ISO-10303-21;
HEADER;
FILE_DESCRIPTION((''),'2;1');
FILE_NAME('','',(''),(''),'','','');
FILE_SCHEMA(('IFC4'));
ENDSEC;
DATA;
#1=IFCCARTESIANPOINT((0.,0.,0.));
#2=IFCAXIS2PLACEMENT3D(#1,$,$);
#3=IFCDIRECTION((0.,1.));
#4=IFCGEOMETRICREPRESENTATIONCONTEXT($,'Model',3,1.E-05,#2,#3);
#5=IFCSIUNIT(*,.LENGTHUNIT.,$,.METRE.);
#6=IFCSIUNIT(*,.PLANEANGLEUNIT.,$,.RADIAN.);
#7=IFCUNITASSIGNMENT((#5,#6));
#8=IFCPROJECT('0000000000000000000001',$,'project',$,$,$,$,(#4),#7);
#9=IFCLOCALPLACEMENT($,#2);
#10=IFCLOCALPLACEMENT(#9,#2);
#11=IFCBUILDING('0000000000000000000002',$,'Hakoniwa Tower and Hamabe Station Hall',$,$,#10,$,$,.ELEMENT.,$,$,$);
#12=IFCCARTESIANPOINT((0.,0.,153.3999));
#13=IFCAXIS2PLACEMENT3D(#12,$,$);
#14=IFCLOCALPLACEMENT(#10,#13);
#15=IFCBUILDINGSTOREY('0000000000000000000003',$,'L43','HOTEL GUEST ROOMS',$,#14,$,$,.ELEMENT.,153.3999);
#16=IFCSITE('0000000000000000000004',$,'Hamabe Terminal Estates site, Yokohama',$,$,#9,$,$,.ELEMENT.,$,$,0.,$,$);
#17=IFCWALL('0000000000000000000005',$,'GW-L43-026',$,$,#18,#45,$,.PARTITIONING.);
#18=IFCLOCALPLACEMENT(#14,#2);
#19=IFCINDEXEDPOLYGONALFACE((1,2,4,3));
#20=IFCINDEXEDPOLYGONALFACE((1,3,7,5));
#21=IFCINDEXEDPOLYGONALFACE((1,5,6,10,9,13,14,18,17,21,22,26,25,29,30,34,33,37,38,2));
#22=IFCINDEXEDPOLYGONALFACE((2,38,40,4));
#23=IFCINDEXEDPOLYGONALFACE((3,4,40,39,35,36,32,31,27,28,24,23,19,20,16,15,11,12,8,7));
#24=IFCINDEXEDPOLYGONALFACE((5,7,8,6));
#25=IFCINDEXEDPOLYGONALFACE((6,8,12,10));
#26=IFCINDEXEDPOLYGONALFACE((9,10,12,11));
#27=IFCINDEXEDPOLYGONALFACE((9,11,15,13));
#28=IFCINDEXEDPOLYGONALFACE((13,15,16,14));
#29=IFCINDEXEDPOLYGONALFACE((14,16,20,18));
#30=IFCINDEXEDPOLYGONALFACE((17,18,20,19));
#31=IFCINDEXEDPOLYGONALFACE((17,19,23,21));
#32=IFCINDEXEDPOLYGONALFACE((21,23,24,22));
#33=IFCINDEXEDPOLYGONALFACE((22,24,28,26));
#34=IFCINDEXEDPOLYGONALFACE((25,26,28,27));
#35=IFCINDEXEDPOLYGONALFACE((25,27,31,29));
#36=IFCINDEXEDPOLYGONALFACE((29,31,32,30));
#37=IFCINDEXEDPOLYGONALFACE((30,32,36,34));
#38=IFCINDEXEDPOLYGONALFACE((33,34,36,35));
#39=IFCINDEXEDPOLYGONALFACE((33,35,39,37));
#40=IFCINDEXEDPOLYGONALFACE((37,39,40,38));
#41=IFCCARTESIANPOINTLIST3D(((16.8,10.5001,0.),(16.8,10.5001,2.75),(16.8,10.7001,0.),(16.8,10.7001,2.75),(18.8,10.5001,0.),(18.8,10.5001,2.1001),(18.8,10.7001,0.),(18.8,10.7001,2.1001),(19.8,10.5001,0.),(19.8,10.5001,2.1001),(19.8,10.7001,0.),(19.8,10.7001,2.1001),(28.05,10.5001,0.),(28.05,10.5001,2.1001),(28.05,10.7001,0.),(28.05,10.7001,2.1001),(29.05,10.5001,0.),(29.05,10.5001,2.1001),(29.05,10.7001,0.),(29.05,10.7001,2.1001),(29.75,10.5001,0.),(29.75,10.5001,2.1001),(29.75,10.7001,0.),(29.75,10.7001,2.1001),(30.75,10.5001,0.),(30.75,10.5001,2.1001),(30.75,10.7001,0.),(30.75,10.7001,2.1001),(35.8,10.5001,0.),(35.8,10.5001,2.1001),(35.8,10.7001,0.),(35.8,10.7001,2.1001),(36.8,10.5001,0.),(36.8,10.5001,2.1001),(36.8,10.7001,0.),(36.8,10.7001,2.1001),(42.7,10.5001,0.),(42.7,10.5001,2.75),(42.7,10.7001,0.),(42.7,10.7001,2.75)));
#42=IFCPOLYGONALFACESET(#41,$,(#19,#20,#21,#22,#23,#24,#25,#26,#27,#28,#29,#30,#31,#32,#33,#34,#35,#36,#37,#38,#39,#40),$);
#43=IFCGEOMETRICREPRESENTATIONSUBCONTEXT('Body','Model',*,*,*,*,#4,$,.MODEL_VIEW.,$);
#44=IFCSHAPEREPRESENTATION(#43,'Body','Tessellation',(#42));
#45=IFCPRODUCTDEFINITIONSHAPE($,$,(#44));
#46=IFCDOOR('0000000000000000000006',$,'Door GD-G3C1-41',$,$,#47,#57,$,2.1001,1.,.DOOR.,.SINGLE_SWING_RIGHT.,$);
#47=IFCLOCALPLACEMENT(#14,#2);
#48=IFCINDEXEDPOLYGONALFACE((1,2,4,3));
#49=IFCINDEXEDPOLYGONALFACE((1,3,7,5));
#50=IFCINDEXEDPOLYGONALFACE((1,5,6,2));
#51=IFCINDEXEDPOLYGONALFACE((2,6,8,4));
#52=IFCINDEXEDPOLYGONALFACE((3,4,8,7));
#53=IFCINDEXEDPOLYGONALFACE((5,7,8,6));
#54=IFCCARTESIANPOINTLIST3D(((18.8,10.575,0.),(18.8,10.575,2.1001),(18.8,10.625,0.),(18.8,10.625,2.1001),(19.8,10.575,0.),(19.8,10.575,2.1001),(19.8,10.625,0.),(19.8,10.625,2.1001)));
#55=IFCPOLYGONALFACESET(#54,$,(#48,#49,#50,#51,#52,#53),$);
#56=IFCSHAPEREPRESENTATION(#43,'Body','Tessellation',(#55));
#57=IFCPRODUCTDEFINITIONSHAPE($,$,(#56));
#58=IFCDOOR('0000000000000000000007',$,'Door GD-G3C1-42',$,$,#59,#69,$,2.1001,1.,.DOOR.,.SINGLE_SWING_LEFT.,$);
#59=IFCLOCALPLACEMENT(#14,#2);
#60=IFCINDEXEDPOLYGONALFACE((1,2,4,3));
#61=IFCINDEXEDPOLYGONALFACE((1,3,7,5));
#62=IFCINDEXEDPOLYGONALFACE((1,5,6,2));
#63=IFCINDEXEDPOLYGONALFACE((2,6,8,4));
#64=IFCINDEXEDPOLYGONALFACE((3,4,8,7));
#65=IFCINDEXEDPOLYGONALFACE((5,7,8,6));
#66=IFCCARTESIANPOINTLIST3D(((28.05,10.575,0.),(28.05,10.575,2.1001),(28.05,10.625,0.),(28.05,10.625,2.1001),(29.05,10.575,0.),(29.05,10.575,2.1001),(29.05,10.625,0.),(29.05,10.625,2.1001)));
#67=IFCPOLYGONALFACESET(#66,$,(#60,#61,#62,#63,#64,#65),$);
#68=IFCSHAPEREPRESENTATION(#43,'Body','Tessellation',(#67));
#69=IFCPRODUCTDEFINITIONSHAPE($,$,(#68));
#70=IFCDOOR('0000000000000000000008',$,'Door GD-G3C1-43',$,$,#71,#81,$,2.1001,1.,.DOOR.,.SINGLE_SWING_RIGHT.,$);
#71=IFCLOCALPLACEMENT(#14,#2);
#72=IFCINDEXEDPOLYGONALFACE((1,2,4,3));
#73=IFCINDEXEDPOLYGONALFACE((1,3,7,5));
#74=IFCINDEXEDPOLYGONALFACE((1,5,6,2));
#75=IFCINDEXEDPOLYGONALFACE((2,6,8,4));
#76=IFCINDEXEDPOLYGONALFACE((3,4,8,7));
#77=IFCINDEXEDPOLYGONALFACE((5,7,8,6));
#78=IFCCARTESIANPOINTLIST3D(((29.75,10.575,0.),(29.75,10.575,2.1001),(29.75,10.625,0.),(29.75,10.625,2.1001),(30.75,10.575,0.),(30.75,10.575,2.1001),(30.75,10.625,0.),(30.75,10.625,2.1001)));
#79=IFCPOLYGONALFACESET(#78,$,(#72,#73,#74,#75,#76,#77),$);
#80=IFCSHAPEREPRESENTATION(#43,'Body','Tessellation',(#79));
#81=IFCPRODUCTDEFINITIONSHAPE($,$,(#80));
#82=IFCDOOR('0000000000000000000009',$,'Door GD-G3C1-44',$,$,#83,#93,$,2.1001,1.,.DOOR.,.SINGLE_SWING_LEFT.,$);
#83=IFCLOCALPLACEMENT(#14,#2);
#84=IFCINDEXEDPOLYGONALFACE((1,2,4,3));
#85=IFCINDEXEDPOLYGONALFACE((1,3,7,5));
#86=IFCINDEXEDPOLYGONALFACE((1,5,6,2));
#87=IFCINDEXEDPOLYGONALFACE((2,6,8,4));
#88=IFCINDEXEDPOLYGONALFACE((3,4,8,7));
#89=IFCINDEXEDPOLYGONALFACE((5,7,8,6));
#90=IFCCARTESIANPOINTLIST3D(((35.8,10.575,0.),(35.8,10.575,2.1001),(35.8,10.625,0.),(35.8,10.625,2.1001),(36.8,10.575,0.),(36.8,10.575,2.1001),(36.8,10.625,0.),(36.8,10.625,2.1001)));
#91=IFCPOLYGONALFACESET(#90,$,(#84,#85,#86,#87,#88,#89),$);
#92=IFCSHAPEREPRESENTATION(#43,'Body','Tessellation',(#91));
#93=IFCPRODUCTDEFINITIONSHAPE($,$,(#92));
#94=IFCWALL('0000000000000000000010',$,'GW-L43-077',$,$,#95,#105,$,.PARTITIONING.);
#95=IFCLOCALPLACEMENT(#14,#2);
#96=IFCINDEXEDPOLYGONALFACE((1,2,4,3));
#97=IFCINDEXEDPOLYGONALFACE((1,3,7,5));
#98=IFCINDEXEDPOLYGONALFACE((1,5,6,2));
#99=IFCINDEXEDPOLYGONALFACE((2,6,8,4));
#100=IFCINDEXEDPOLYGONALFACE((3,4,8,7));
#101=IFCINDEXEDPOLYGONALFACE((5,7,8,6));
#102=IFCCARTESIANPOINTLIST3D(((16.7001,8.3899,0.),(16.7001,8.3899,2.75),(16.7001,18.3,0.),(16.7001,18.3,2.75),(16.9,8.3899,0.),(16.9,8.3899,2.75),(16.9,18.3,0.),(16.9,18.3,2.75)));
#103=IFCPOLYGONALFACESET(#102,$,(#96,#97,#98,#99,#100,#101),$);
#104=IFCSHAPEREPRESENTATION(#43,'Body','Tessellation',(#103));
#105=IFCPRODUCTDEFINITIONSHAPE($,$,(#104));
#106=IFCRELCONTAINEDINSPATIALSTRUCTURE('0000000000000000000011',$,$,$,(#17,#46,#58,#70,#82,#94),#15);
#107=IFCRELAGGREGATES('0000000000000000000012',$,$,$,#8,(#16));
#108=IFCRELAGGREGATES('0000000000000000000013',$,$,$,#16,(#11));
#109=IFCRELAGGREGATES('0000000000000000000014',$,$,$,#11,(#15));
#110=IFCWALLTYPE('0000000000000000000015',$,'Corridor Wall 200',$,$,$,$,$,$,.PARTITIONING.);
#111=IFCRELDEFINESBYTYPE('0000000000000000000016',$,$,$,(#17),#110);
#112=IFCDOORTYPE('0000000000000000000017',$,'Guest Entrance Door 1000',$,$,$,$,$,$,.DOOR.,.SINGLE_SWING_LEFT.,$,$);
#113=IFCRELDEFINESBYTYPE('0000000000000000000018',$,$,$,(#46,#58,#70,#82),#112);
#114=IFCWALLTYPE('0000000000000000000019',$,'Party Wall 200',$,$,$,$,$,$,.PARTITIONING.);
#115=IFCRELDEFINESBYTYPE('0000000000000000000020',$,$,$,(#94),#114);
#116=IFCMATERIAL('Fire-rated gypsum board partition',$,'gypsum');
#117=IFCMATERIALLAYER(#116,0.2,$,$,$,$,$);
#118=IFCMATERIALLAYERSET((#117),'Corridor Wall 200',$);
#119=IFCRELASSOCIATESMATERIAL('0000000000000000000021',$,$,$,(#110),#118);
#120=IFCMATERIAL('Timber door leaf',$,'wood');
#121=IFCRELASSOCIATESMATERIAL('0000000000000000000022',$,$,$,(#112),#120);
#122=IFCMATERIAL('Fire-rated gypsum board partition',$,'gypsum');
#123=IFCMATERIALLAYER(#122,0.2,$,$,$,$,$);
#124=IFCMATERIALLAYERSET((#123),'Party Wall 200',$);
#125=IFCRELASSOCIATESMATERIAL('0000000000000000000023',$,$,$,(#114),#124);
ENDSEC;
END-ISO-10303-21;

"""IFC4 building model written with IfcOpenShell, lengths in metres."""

from ifc_helpers import new_model, si_unit, direction, frame, frame_2d, origin, place, context, subcontext, project, spatial, rectangle, extrude, material, layer, layer_set, type_object, element, fill, save


model = new_model("IFC4")

# Units and contexts
model_context = context("Model", 3, precision=1e-05, world=origin(), true_north=direction((0.0, 1.0)))
body_context = subcontext(model_context, "Body", "Model", "MODEL_VIEW")
ifc_project = project(units=[si_unit("LENGTHUNIT", "METRE"), si_unit("PLANEANGLEUNIT", "RADIAN")], contexts=[model_context])

# Site, building, storey
site_placement = place(None, origin())
site = spatial("IfcSite", under=ifc_project, at=site_placement, Name="Hamabe Terminal Estates site, Yokohama", CompositionType="ELEMENT", RefElevation=0.0)
building_placement = place(site_placement, origin())
building = spatial("IfcBuilding", under=site, at=building_placement, Name="Hakoniwa Tower and Hamabe Station Hall", CompositionType="ELEMENT")
storey_placement = place(building_placement, frame((0.0, 0.0, 153.3999)))
storey = spatial("IfcBuildingStorey", under=building, at=storey_placement, Name="L43", Description="HOTEL GUEST ROOMS", CompositionType="ELEMENT", Elevation=153.3999)

# Wall, openings, doors
ifc_material_1 = material(Name="Fire-rated gypsum board partition", Category="gypsum")
ifc_layer_1 = layer(ifc_material_1, 0.2)
ifc_layer_set_1 = layer_set([ifc_layer_1], Name="Corridor Wall 200")
wall_type_1 = type_object("IfcWallType", Name="Corridor Wall 200", PredefinedType="PARTITIONING", material=ifc_layer_set_1)
wall_1_placement = place(storey_placement, frame((16.8, 10.6001, 0.0), z_axis=(0.0, 0.0, 1.0), x_axis=(1.0, 0.0, 0.0)))
wall_1 = element("IfcWall", 1, at=wall_1_placement, inside=storey, type_object=wall_type_1, Name="GW-L43-026", PredefinedType="PARTITIONING", context=body_context, shape_type="SweptSolid", body=[
    extrude(rectangle(XDim=25.8999, YDim=0.2, at=frame_2d((12.95, 0.0))), origin(), (0.0, 0.0, 1.0), 2.75),
])
opening_1_placement = place(wall_1_placement, frame((2.0, 0.0, 0.0)))
opening_1 = element("IfcOpeningElement", 2, at=opening_1_placement, cuts=wall_1, PredefinedType="OPENING", context=body_context, shape_type="SweptSolid", body=[
    extrude(rectangle(XDim=1.0, YDim=2.1001, at=frame_2d((0.5, 1.05))), frame((0.0, 0.1099, 0.0), z_axis=(0.0, -1.0, 0.0), x_axis=(1.0, 0.0, 0.0)), (0.0, 0.0, 1.0), 0.22),
])
opening_2_placement = place(wall_1_placement, frame((11.25, 0.0, 0.0)))
opening_2 = element("IfcOpeningElement", 3, at=opening_2_placement, cuts=wall_1, PredefinedType="OPENING", context=body_context, shape_type="SweptSolid", body=[
    extrude(rectangle(XDim=1.0, YDim=2.1001, at=frame_2d((0.5, 1.05))), frame((0.0, 0.1099, 0.0), z_axis=(0.0, -1.0, 0.0), x_axis=(1.0, 0.0, 0.0)), (0.0, 0.0, 1.0), 0.22),
])
opening_3_placement = place(wall_1_placement, frame((12.95, 0.0, 0.0)))
opening_3 = element("IfcOpeningElement", 4, at=opening_3_placement, cuts=wall_1, PredefinedType="OPENING", context=body_context, shape_type="SweptSolid", body=[
    extrude(rectangle(XDim=1.0, YDim=2.1001, at=frame_2d((0.5, 1.05))), frame((0.0, 0.1099, 0.0), z_axis=(0.0, -1.0, 0.0), x_axis=(1.0, 0.0, 0.0)), (0.0, 0.0, 1.0), 0.22),
])
opening_4_placement = place(wall_1_placement, frame((19.0, 0.0, 0.0)))
opening_4 = element("IfcOpeningElement", 5, at=opening_4_placement, cuts=wall_1, PredefinedType="OPENING", context=body_context, shape_type="SweptSolid", body=[
    extrude(rectangle(XDim=1.0, YDim=2.1001, at=frame_2d((0.5, 1.05))), frame((0.0, 0.1099, 0.0), z_axis=(0.0, -1.0, 0.0), x_axis=(1.0, 0.0, 0.0)), (0.0, 0.0, 1.0), 0.22),
])
ifc_material_2 = material(Name="Timber door leaf", Category="wood")
door_type_1 = type_object("IfcDoorType", Name="Guest Entrance Door 1000", OperationType="SINGLE_SWING_LEFT", PredefinedType="DOOR", material=ifc_material_2)
door_1_placement = place(opening_1_placement, origin())
door_1 = element("IfcDoor", 6, at=door_1_placement, inside=storey, type_object=door_type_1, Name="Door GD-G3C1-41", OperationType="SINGLE_SWING_RIGHT", OverallHeight=2.1001, OverallWidth=1.0, PredefinedType="DOOR", context=body_context, shape_type="SweptSolid", body=[
    extrude(rectangle(XDim=1.0, YDim=2.1001, at=frame_2d((0.5, 1.05))), frame((0.0, 0.0249, 0.0), z_axis=(0.0, -1.0, 0.0), x_axis=(1.0, 0.0, 0.0)), (0.0, 0.0, 1.0), 0.05),
])
fill(opening_1, door_1)
door_2_placement = place(opening_2_placement, origin())
door_2 = element("IfcDoor", 7, at=door_2_placement, inside=storey, type_object=door_type_1, Name="Door GD-G3C1-42", OperationType="SINGLE_SWING_LEFT", OverallHeight=2.1001, OverallWidth=1.0, PredefinedType="DOOR", context=body_context, shape_type="SweptSolid", body=[
    extrude(rectangle(XDim=1.0, YDim=2.1001, at=frame_2d((0.5, 1.05))), frame((0.0, 0.0249, 0.0), z_axis=(0.0, -1.0, 0.0), x_axis=(1.0, 0.0, 0.0)), (0.0, 0.0, 1.0), 0.05),
])
fill(opening_2, door_2)
door_3_placement = place(opening_3_placement, origin())
door_3 = element("IfcDoor", 8, at=door_3_placement, inside=storey, type_object=door_type_1, Name="Door GD-G3C1-43", OperationType="SINGLE_SWING_RIGHT", OverallHeight=2.1001, OverallWidth=1.0, PredefinedType="DOOR", context=body_context, shape_type="SweptSolid", body=[
    extrude(rectangle(XDim=1.0, YDim=2.1001, at=frame_2d((0.5, 1.05))), frame((0.0, 0.0249, 0.0), z_axis=(0.0, -1.0, 0.0), x_axis=(1.0, 0.0, 0.0)), (0.0, 0.0, 1.0), 0.05),
])
fill(opening_3, door_3)
door_4_placement = place(opening_4_placement, origin())
door_4 = element("IfcDoor", 9, at=door_4_placement, inside=storey, type_object=door_type_1, Name="Door GD-G3C1-44", OperationType="SINGLE_SWING_LEFT", OverallHeight=2.1001, OverallWidth=1.0, PredefinedType="DOOR", context=body_context, shape_type="SweptSolid", body=[
    extrude(rectangle(XDim=1.0, YDim=2.1001, at=frame_2d((0.5, 1.05))), frame((0.0, 0.0249, 0.0), z_axis=(0.0, -1.0, 0.0), x_axis=(1.0, 0.0, 0.0)), (0.0, 0.0, 1.0), 0.05),
])
fill(opening_4, door_4)

# Wall
ifc_material_3 = material(Name="Fire-rated gypsum board partition", Category="gypsum")
ifc_layer_2 = layer(ifc_material_3, 0.2)
ifc_layer_set_2 = layer_set([ifc_layer_2], Name="Party Wall 200")
wall_type_2 = type_object("IfcWallType", Name="Party Wall 200", PredefinedType="PARTITIONING", material=ifc_layer_set_2)
wall_2_placement = place(storey_placement, frame((16.8, 8.3899, 0.0), z_axis=(0.0, 0.0, 1.0), x_axis=(0.0, 1.0, 0.0)))
element("IfcWall", 10, at=wall_2_placement, inside=storey, type_object=wall_type_2, Name="GW-L43-077", PredefinedType="PARTITIONING", context=body_context, shape_type="SweptSolid", body=[
    extrude(rectangle(XDim=9.9102, YDim=0.2, at=frame_2d((4.9551, 0.0))), origin(), (0.0, 0.0, 1.0), 2.75),
])

save(model, "model.ifc")
